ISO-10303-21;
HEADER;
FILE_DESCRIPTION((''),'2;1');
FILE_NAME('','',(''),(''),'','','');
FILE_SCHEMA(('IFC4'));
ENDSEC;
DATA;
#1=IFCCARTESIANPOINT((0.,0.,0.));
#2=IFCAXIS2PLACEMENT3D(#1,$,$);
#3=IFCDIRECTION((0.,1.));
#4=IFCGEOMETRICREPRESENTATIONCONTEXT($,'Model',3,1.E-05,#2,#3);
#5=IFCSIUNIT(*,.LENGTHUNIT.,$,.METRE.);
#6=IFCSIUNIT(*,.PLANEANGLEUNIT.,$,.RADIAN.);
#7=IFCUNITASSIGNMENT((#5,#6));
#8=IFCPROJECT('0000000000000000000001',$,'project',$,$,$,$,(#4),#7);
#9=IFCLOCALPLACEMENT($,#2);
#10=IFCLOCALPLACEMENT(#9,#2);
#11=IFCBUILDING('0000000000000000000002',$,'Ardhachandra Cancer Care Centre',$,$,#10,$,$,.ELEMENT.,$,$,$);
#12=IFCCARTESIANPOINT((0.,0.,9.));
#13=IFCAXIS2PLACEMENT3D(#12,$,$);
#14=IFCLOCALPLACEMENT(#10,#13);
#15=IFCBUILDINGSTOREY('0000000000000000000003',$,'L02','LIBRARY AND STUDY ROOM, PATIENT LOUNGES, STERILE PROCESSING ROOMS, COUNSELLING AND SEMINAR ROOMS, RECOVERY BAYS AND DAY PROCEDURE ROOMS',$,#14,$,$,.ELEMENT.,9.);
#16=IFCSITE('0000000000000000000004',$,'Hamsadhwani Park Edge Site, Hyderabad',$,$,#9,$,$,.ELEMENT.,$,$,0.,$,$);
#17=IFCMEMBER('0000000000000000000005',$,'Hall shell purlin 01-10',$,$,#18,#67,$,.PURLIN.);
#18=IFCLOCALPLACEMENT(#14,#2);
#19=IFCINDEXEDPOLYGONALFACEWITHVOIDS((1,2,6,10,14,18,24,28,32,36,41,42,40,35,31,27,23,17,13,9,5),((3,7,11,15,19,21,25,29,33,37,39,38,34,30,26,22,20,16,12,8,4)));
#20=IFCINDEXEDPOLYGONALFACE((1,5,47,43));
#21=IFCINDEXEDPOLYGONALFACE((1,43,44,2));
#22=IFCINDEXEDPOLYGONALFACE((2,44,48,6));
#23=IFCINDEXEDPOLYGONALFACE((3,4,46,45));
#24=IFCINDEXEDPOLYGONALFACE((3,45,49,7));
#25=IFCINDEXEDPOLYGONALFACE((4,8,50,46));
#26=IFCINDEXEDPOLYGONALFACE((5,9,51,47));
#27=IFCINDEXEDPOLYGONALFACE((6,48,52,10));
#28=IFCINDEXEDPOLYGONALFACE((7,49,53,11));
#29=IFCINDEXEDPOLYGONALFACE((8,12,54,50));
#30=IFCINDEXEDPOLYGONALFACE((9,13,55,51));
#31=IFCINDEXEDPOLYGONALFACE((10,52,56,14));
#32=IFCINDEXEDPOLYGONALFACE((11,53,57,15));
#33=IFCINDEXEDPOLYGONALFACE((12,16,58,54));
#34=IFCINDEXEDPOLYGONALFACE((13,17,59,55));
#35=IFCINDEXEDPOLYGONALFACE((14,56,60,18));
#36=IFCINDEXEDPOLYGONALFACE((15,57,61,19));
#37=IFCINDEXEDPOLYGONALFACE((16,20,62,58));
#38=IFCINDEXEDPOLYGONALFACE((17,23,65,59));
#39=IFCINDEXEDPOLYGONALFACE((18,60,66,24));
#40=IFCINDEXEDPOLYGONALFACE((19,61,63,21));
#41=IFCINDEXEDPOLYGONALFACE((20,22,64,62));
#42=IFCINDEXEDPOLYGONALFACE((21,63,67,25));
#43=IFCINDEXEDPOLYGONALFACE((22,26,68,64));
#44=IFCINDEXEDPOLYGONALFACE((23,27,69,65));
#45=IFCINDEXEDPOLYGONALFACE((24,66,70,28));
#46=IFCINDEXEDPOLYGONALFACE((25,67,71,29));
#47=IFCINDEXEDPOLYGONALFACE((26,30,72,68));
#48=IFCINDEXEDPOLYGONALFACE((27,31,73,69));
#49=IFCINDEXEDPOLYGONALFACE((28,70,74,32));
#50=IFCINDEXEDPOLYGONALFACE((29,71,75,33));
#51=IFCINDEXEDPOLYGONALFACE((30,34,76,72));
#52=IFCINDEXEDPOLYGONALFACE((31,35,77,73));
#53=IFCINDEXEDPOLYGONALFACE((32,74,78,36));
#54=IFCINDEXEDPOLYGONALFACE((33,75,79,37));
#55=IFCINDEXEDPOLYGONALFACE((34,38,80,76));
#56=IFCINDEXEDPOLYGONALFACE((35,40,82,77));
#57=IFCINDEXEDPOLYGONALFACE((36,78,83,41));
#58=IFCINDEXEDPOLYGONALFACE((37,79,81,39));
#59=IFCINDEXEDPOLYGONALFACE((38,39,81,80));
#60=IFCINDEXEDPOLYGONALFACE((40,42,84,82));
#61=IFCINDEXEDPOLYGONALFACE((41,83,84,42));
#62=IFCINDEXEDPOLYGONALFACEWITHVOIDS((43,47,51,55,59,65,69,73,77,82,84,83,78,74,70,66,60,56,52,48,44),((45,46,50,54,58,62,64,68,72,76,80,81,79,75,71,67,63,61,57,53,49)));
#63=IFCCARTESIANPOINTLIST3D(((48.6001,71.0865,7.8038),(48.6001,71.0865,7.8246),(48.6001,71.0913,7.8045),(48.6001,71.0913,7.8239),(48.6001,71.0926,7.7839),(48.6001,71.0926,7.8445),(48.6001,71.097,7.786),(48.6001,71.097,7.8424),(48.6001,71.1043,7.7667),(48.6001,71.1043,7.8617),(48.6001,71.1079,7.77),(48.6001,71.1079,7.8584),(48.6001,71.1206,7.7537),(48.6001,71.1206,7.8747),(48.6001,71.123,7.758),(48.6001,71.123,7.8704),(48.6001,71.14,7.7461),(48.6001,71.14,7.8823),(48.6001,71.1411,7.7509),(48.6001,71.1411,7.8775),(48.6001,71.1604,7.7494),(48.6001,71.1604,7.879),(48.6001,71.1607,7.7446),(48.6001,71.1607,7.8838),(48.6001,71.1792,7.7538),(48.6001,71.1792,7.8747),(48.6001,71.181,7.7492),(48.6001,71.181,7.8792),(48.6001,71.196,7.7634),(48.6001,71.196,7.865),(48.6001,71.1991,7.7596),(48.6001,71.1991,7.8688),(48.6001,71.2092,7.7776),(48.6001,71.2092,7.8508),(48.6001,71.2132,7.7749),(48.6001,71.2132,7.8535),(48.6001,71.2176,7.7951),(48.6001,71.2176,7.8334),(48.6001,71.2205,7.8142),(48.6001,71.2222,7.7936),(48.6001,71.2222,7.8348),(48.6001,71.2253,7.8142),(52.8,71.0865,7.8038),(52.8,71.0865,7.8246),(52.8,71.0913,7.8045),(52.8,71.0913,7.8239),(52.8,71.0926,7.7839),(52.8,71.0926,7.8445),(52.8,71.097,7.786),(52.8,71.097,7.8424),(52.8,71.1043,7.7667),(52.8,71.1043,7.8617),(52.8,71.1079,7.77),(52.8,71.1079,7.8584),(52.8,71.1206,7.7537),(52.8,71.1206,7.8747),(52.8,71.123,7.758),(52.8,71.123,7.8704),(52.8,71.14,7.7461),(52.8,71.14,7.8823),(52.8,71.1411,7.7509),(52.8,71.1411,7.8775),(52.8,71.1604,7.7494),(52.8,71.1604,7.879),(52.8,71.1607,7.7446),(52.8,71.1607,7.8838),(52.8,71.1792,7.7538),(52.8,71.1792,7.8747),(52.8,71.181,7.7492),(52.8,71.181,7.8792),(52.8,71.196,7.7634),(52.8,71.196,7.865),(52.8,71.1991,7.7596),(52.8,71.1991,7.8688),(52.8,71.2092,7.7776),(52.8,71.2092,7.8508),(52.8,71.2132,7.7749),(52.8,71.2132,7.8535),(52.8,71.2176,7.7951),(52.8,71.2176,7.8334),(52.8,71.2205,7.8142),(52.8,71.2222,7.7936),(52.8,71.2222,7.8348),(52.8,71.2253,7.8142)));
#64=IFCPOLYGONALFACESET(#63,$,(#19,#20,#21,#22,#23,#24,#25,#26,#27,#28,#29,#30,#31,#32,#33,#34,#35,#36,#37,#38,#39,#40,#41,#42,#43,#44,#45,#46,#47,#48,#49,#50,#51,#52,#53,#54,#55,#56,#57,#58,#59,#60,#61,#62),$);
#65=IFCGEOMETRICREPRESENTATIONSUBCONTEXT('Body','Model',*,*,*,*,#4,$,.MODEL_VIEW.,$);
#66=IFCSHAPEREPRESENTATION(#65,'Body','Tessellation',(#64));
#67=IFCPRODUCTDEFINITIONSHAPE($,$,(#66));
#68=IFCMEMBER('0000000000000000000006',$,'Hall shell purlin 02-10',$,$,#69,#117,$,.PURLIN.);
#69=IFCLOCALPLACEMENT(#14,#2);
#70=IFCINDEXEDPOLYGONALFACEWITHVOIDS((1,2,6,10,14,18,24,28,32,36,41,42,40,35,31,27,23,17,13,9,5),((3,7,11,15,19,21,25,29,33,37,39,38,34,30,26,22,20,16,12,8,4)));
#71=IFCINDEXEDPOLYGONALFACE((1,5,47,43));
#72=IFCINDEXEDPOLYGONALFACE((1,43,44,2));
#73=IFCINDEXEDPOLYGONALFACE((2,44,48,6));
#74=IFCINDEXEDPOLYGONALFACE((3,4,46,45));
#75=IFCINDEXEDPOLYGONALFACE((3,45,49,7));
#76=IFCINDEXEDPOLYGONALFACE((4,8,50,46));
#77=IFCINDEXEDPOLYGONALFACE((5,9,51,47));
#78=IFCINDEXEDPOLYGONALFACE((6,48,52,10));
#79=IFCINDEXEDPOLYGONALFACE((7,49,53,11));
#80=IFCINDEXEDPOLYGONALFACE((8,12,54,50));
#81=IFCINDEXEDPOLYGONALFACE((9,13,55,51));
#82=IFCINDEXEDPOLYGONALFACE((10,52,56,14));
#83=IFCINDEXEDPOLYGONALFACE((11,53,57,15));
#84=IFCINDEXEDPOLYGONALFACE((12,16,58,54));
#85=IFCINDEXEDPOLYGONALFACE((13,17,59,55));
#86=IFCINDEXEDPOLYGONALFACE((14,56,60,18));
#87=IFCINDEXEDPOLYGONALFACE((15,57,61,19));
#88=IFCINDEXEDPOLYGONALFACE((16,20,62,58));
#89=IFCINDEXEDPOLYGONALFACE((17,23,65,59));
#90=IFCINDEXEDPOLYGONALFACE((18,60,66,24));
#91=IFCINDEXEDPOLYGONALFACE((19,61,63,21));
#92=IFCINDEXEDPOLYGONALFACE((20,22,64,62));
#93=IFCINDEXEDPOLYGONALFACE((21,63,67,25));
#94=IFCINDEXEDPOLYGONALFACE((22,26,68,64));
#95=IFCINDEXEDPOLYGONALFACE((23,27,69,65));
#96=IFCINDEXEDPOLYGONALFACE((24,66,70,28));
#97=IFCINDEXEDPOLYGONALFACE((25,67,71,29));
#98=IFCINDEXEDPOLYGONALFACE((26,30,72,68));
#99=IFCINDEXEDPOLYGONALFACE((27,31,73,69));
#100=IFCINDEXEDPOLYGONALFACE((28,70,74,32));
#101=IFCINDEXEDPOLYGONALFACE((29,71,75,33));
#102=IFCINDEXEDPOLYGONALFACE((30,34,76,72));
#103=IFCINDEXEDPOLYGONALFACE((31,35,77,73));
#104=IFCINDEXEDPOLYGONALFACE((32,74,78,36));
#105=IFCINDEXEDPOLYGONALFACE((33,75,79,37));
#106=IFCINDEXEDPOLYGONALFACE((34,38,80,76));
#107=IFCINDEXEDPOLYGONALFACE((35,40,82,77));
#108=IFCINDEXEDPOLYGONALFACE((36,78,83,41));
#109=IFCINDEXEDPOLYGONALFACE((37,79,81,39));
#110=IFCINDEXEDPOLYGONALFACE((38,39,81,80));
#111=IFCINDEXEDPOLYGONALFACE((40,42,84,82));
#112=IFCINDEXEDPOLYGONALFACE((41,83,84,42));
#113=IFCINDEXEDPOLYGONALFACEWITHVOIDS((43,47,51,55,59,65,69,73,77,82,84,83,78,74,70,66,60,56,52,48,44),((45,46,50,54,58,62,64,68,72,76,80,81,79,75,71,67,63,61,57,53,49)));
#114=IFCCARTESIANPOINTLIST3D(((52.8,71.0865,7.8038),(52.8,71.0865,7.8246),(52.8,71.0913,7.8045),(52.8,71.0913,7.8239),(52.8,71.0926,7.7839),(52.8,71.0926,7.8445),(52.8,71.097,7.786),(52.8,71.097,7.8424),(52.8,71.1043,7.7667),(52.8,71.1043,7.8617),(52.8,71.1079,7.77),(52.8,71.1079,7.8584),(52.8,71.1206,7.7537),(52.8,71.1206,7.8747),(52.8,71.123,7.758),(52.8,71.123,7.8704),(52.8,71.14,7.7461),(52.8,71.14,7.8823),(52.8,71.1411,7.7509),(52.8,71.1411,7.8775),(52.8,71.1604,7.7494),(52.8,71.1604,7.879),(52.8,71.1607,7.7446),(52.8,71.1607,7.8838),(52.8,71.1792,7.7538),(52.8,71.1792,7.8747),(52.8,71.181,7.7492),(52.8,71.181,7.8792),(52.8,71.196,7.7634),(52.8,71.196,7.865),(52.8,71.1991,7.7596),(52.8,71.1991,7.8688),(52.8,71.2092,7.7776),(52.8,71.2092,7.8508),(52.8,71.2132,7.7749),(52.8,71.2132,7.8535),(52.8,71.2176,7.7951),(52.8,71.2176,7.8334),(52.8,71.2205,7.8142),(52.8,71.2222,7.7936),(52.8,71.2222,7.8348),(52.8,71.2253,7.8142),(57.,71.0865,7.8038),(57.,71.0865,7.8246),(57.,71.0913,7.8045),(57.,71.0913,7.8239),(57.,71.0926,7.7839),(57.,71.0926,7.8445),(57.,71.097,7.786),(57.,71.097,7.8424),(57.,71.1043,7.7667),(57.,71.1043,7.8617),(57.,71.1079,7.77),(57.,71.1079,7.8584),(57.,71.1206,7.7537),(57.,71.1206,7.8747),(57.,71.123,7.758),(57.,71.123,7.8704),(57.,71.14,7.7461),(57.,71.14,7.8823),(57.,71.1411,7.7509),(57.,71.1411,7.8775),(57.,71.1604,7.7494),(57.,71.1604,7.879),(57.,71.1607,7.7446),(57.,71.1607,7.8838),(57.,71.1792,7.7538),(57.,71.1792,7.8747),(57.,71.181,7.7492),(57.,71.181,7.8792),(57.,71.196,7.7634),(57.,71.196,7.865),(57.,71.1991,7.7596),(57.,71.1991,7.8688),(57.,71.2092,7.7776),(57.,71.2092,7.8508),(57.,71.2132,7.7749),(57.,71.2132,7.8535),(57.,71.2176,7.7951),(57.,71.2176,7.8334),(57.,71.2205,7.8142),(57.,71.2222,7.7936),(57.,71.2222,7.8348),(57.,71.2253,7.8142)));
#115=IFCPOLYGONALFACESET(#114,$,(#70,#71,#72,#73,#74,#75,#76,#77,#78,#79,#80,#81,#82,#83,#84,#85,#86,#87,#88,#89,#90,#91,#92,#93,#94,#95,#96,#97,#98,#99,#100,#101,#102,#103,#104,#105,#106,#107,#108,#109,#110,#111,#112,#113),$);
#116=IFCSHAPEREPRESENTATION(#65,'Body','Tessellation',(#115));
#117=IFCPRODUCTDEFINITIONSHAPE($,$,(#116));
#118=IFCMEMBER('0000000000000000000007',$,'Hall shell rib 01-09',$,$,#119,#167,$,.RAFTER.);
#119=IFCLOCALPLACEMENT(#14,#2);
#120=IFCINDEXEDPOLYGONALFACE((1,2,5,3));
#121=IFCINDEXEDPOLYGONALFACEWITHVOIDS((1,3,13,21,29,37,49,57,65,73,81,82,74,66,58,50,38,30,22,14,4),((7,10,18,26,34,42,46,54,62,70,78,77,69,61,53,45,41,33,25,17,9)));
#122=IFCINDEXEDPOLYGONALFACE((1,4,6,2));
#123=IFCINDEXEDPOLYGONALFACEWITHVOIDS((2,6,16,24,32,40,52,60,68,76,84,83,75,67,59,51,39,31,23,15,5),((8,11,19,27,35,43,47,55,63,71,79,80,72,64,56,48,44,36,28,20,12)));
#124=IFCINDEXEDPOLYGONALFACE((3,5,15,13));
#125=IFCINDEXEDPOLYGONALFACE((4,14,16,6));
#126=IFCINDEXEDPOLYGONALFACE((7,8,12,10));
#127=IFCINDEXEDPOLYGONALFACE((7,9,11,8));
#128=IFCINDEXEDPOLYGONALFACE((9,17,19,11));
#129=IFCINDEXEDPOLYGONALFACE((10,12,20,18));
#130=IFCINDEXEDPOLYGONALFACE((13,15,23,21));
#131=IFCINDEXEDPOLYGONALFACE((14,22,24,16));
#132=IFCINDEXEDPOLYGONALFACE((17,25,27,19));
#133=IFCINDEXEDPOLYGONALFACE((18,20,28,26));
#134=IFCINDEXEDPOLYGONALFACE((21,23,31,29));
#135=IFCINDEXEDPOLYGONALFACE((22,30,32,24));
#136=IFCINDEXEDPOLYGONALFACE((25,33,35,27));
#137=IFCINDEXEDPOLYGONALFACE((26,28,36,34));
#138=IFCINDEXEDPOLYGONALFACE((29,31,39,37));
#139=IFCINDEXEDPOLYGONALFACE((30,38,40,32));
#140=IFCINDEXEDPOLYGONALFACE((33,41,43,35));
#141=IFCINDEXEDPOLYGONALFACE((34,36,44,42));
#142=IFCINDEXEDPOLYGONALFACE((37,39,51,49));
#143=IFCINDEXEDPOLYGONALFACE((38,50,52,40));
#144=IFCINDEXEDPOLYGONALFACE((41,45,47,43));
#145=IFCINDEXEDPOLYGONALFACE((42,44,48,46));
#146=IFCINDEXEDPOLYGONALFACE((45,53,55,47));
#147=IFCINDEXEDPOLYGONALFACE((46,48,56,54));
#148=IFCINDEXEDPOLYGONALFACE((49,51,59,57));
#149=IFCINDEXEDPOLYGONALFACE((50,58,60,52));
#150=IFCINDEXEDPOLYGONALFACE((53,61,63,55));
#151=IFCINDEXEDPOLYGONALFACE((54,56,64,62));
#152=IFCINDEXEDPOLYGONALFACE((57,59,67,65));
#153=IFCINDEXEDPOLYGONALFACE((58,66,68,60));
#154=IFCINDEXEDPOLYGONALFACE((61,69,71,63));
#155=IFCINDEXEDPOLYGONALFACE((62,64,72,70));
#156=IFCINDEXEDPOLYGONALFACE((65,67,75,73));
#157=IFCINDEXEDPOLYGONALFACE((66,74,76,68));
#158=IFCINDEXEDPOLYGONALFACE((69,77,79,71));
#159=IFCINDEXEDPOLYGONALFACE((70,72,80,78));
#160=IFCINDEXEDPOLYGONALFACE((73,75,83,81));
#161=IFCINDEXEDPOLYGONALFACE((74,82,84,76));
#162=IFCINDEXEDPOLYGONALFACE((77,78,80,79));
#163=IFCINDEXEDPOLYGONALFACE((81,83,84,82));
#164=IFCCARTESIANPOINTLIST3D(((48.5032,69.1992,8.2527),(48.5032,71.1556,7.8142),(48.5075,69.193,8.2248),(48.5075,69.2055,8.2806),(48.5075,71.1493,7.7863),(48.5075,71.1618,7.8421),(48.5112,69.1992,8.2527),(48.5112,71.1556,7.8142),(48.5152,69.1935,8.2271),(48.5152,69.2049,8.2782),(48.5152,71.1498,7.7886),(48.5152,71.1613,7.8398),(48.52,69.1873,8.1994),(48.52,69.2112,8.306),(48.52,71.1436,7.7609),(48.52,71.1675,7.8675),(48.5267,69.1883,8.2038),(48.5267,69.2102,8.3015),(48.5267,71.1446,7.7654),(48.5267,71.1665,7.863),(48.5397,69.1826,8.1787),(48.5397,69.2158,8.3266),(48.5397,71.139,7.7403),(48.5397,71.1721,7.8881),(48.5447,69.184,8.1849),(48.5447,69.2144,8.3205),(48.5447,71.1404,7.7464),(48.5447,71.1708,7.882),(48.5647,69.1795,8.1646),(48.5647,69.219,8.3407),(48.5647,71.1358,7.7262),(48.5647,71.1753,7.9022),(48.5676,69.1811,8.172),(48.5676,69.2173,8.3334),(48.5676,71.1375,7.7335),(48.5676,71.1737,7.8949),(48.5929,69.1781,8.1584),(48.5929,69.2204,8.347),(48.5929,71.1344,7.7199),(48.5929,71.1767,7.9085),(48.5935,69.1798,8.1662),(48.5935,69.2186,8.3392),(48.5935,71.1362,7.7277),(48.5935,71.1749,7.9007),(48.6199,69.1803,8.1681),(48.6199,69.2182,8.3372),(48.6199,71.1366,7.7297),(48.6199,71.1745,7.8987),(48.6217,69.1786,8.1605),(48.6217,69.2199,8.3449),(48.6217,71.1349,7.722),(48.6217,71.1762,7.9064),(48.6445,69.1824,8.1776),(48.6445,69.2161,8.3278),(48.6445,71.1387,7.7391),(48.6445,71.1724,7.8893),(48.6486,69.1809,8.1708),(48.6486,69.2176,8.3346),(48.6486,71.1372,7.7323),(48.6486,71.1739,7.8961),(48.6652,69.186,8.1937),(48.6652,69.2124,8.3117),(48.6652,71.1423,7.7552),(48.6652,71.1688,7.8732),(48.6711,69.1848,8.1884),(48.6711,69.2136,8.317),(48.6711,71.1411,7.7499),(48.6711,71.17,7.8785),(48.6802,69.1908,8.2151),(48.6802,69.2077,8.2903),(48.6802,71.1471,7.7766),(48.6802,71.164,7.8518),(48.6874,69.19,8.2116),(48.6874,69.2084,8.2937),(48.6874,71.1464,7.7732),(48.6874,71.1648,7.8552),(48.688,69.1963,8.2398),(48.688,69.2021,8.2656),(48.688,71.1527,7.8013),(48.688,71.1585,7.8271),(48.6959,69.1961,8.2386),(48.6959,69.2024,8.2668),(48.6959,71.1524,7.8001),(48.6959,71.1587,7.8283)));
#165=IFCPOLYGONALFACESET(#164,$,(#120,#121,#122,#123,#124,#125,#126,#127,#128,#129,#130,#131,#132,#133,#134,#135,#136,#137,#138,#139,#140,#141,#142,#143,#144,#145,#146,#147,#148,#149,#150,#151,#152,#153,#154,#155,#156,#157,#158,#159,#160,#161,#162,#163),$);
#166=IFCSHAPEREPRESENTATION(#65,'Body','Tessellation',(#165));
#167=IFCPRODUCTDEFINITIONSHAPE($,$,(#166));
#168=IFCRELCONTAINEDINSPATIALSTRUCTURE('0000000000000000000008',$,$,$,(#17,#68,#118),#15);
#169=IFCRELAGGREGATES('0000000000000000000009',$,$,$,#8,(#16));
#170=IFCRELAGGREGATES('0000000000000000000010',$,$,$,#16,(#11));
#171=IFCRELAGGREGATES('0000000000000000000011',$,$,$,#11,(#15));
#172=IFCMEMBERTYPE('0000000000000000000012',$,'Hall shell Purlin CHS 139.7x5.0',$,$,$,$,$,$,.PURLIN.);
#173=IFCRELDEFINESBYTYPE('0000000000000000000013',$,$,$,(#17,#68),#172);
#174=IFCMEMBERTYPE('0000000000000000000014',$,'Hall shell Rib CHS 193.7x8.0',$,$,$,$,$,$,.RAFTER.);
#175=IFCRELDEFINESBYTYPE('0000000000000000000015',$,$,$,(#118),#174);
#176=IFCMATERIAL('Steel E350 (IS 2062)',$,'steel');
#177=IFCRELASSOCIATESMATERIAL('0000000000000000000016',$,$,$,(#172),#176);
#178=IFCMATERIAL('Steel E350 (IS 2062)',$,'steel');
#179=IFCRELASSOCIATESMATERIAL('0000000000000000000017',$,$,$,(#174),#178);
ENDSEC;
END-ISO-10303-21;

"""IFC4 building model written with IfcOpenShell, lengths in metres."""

from ifc_helpers import new_model, si_unit, direction, frame, origin, origin_2d, place, context, subcontext, project, spatial, hollow_circle, extrude, material, material_profile, profile_set, type_object, element, save


model = new_model("IFC4")

# Units and contexts
model_context = context("Model", 3, precision=1e-05, world=origin(), true_north=direction((0.0, 1.0)))
body_context = subcontext(model_context, "Body", "Model", "MODEL_VIEW")
ifc_project = project(units=[si_unit("LENGTHUNIT", "METRE"), si_unit("PLANEANGLEUNIT", "RADIAN")], contexts=[model_context])

# Site, building, storey
site_placement = place(None, origin())
site = spatial("IfcSite", under=ifc_project, at=site_placement, Name="Hamsadhwani Park Edge Site, Hyderabad", CompositionType="ELEMENT", RefElevation=0.0)
building_placement = place(site_placement, origin())
building = spatial("IfcBuilding", under=site, at=building_placement, Name="Ardhachandra Cancer Care Centre", CompositionType="ELEMENT")
storey_placement = place(building_placement, frame((0.0, 0.0, 9.0)))
storey = spatial("IfcBuildingStorey", under=building, at=storey_placement, Name="L02", Description="LIBRARY AND STUDY ROOM, PATIENT LOUNGES, STERILE PROCESSING ROOMS, COUNSELLING AND SEMINAR ROOMS, RECOVERY BAYS AND DAY PROCEDURE ROOMS", CompositionType="ELEMENT", Elevation=9.0)

# Members
ifc_material_1 = material(Name="Steel E350 (IS 2062)", Category="steel")
ifc_material_profile_1 = material_profile(ifc_material_1, hollow_circle(Radius=0.0698, WallThickness=0.0049, at=origin_2d()), Name="CHS 139.7x5.0")
ifc_profile_set_1 = profile_set([ifc_material_profile_1], Name="Steel E350 (IS 2062)")
member_type_1 = type_object("IfcMemberType", Name="Hall shell Purlin CHS 139.7x5.0", PredefinedType="PURLIN", material=ifc_profile_set_1)
for number, where, z_axis, x_axis, name in (
    (1, (48.6001, 71.1555, 7.8142), (1.0, 0.0, 0.0), (0.0, 1.0, 0.0), "Hall shell purlin 01-10"),
    (2, (52.8, 71.1555, 7.8142), (1.0, 0.0, 0.0), (0.0, 1.0, 0.0), "Hall shell purlin 02-10"),
):
    element("IfcMember", number, at=place(storey_placement, frame(where, z_axis=z_axis, x_axis=x_axis)), inside=storey, type_object=member_type_1, Name=name, PredefinedType="PURLIN", context=body_context, shape_type="SweptSolid", body=[
        extrude(hollow_circle(Radius=0.0698, WallThickness=0.0049, at=origin_2d()), origin(), (0.0, 0.0, 1.0), 4.2),
    ])
ifc_material_2 = material(Name="Steel E350 (IS 2062)", Category="steel")
ifc_material_profile_2 = material_profile(ifc_material_2, hollow_circle(Radius=0.0969, WallThickness=0.0081, at=origin_2d()), Name="CHS 193.7x8.0")
ifc_profile_set_2 = profile_set([ifc_material_profile_2], Name="Steel E350 (IS 2062)")
member_type_2 = type_object("IfcMemberType", Name="Hall shell Rib CHS 193.7x8.0", PredefinedType="RAFTER", material=ifc_profile_set_2)
member_1_placement = place(storey_placement, frame((48.6001, 69.1992, 8.2527), z_axis=(0.0, 0.97579, -0.218709), x_axis=(-1.0, 0.0, 0.0)))
element("IfcMember", 3, at=member_1_placement, inside=storey, type_object=member_type_2, Name="Hall shell rib 01-09", PredefinedType="RAFTER", context=body_context, shape_type="SweptSolid", body=[
    extrude(hollow_circle(Radius=0.0969, WallThickness=0.0081, at=origin_2d()), origin(), (0.0, 0.0, 1.0), 2.0049),
])

save(model, "model.ifc")
